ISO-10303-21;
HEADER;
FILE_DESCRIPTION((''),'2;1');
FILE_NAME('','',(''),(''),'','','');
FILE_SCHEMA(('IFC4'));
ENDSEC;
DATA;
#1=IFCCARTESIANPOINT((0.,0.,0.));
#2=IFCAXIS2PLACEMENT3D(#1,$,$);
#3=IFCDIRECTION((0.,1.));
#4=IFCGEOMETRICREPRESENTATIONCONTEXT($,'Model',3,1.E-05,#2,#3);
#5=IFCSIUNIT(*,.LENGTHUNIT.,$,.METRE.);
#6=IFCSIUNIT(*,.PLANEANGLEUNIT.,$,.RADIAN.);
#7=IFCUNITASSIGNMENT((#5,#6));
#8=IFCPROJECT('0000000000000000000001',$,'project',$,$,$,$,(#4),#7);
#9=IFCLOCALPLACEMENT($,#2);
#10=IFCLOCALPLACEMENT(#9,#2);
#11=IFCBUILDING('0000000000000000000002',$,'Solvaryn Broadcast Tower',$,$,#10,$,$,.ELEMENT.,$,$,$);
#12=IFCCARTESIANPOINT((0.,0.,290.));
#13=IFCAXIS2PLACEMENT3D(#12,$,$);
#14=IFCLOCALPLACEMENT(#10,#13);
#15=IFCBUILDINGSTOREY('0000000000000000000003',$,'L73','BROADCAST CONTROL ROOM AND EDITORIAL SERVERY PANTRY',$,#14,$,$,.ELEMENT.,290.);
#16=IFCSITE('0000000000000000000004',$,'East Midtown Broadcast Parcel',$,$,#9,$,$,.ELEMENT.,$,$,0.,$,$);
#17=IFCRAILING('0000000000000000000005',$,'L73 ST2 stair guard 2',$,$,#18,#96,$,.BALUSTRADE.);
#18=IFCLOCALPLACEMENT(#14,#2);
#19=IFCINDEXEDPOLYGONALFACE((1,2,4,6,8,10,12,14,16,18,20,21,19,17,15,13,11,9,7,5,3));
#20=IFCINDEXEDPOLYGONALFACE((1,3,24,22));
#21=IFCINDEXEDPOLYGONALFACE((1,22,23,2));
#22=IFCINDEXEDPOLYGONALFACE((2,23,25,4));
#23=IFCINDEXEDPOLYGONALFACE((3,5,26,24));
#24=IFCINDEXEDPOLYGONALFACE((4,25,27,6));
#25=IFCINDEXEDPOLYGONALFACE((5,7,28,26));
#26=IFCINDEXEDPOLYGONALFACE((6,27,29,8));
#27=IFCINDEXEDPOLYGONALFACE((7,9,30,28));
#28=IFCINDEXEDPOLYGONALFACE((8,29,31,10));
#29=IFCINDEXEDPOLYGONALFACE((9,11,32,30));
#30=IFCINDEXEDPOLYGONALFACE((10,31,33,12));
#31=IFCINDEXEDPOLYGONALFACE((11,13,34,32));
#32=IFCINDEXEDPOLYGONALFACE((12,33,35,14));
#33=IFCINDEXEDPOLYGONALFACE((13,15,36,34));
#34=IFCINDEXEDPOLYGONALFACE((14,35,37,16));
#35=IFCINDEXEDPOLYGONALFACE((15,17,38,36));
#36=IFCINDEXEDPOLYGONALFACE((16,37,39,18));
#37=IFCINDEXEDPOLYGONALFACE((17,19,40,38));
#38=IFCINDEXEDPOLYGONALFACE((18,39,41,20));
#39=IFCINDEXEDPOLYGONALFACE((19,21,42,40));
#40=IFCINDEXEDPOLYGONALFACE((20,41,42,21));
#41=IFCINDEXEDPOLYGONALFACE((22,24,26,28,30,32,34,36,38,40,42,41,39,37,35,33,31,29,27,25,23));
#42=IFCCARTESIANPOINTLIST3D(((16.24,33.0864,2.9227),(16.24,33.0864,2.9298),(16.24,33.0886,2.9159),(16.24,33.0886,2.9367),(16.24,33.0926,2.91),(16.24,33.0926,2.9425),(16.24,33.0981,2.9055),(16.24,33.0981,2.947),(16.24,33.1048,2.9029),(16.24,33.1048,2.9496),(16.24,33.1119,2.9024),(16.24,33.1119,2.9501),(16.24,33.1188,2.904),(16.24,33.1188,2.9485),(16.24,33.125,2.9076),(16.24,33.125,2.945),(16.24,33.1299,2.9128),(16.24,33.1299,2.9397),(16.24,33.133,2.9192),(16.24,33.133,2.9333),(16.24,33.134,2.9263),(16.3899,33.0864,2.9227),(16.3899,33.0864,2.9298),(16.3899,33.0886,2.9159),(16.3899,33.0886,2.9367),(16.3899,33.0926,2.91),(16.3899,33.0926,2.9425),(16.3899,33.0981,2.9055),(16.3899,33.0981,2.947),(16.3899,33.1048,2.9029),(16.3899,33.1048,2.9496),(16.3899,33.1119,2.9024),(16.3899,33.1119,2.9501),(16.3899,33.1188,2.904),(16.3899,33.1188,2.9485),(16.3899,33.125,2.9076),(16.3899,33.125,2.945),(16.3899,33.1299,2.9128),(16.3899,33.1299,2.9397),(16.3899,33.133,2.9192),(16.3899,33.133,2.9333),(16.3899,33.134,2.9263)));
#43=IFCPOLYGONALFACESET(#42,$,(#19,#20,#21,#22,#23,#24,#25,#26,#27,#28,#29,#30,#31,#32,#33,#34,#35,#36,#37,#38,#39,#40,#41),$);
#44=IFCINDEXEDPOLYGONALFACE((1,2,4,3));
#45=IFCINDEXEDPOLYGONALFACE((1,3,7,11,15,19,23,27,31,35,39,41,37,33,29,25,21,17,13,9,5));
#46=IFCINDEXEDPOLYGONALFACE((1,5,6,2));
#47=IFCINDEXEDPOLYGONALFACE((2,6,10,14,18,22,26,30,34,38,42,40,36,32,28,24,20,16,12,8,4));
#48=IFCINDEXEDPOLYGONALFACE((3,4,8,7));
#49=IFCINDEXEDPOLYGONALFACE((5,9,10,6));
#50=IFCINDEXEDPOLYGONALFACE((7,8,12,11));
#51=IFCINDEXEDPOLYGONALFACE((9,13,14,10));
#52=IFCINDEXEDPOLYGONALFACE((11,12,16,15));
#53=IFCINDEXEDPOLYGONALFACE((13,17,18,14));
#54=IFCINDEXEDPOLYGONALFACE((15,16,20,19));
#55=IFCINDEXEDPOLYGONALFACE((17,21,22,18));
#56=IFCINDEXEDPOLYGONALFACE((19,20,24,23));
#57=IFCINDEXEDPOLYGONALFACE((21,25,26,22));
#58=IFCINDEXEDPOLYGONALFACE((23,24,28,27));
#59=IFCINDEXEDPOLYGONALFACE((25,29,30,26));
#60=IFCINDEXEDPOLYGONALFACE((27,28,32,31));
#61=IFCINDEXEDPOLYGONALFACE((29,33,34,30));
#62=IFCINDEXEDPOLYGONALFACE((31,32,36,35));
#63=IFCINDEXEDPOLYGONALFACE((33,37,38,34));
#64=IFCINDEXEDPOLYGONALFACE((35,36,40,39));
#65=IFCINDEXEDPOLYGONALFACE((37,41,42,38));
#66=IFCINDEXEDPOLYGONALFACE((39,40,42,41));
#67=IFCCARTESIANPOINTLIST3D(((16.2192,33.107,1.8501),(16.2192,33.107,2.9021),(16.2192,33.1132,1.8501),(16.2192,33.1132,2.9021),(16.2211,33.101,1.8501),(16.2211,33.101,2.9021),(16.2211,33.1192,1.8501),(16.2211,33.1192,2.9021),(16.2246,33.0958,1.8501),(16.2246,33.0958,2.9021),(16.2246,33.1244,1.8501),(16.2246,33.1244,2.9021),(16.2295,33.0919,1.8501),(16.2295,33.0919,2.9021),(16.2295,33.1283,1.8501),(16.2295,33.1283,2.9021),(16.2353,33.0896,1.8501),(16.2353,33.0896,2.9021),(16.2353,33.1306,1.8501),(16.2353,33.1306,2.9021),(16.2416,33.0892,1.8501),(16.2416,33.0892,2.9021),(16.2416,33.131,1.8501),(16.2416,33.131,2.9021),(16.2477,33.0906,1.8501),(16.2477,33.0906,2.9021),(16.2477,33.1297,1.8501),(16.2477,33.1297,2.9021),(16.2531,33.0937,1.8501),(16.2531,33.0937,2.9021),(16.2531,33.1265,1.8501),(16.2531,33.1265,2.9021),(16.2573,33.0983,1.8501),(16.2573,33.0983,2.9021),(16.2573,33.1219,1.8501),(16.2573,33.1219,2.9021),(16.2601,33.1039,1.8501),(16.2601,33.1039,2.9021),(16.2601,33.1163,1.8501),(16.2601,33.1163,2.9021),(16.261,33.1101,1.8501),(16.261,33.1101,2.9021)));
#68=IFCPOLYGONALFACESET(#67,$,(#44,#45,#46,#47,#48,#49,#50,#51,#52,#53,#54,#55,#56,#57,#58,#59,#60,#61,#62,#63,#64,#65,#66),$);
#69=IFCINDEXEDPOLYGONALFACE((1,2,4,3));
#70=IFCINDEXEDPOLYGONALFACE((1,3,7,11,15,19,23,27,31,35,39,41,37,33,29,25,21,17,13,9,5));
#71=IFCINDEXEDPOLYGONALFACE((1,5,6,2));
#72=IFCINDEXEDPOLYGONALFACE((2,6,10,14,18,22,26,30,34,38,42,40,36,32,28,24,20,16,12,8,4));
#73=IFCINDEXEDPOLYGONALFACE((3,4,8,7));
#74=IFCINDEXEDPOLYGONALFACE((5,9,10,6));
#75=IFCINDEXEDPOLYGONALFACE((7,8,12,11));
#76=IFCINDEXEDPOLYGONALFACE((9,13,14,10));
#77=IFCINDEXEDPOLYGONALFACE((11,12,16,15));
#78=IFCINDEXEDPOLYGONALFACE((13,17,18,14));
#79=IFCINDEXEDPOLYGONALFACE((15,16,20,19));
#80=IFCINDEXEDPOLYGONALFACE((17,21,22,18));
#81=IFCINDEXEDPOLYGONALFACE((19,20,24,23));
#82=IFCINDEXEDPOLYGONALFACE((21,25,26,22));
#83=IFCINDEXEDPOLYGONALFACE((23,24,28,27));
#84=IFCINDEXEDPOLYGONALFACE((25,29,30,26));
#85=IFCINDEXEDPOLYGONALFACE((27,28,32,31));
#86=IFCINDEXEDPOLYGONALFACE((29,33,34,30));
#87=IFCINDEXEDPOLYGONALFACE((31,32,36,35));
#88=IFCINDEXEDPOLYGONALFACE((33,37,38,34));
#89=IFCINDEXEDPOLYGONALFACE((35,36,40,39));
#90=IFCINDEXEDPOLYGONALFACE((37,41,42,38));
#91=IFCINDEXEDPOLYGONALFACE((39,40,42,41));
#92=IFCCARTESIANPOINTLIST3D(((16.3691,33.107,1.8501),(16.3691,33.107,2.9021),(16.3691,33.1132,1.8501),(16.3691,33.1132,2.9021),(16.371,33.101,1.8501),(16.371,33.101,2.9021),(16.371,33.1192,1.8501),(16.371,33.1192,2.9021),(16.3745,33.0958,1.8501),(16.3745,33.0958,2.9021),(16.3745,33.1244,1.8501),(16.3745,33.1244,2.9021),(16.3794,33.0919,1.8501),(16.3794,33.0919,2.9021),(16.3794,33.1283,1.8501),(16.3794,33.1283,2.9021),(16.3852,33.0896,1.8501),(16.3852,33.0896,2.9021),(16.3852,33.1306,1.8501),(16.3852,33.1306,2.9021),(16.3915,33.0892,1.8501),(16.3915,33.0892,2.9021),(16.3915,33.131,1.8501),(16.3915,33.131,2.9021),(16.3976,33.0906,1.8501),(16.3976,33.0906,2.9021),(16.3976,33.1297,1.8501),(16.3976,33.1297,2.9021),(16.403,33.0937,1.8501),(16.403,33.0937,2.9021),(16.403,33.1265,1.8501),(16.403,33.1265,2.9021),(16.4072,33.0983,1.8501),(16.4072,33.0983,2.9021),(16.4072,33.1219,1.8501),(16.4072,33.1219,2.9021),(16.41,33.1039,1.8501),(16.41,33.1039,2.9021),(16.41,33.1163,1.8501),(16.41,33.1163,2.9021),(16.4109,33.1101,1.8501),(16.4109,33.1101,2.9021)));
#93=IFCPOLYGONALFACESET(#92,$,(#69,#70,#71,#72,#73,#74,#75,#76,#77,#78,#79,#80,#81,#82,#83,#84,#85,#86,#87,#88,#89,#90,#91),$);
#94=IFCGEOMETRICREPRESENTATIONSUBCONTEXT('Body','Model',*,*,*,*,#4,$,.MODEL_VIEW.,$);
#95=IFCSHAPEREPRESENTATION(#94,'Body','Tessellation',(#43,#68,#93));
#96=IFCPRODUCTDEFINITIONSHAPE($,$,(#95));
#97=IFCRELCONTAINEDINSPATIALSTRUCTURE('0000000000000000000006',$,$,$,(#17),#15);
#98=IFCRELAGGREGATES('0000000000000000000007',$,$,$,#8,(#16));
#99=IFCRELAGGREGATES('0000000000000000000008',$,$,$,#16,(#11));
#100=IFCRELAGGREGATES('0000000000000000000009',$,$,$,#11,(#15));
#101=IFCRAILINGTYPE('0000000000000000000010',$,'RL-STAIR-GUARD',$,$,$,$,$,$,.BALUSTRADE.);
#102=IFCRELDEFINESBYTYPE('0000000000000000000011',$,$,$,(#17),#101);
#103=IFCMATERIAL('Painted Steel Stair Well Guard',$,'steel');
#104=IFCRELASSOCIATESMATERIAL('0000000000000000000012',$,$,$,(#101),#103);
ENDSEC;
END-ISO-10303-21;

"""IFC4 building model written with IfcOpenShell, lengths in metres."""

from ifc_helpers import new_model, si_unit, direction, frame, origin, origin_2d, place, context, subcontext, project, spatial, circle, extrude, material, type_object, element, save


model = new_model("IFC4")

# Units and contexts
model_context = context("Model", 3, precision=1e-05, world=origin(), true_north=direction((0.0, 1.0)))
body_context = subcontext(model_context, "Body", "Model", "MODEL_VIEW")
ifc_project = project(units=[si_unit("LENGTHUNIT", "METRE"), si_unit("PLANEANGLEUNIT", "RADIAN")], contexts=[model_context])

# Site, building, storey
site_placement = place(None, origin())
site = spatial("IfcSite", under=ifc_project, at=site_placement, Name="East Midtown Broadcast Parcel", CompositionType="ELEMENT", RefElevation=0.0)
building_placement = place(site_placement, origin())
building = spatial("IfcBuilding", under=site, at=building_placement, Name="Solvaryn Broadcast Tower", CompositionType="ELEMENT")
storey_placement = place(building_placement, frame((0.0, 0.0, 290.0)))
storey = spatial("IfcBuildingStorey", under=building, at=storey_placement, Name="L73", Description="BROADCAST CONTROL ROOM AND EDITORIAL SERVERY PANTRY", CompositionType="ELEMENT", Elevation=290.0)

# Railing
ifc_material_1 = material(Name="Painted Steel Stair Well Guard", Category="steel")
railing_type_1 = type_object("IfcRailingType", Name="RL-STAIR-GUARD", PredefinedType="BALUSTRADE", material=ifc_material_1)
railing_1_placement = place(storey_placement, frame((16.24, 33.1101, 1.8501)))
element("IfcRailing", 1, at=railing_1_placement, inside=storey, type_object=railing_type_1, Name="L73 ST2 stair guard 2", PredefinedType="BALUSTRADE", context=body_context, shape_type="SweptSolid", body=[
    extrude(circle(Radius=0.0239, at=origin_2d()), frame((0.0, 0.0, 1.0762), z_axis=(1.0, 0.0, 0.0), x_axis=(0.0, 1.0, 0.0)), (0.0, 0.0, 1.0), 0.1499),
    extrude(circle(Radius=0.021, at=origin_2d()), origin(), (0.0, 0.0, 1.0), 1.052),
    extrude(circle(Radius=0.021, at=origin_2d()), frame((0.1499, 0.0, 0.0)), (0.0, 0.0, 1.0), 1.052),
])

save(model, "model.ifc")
